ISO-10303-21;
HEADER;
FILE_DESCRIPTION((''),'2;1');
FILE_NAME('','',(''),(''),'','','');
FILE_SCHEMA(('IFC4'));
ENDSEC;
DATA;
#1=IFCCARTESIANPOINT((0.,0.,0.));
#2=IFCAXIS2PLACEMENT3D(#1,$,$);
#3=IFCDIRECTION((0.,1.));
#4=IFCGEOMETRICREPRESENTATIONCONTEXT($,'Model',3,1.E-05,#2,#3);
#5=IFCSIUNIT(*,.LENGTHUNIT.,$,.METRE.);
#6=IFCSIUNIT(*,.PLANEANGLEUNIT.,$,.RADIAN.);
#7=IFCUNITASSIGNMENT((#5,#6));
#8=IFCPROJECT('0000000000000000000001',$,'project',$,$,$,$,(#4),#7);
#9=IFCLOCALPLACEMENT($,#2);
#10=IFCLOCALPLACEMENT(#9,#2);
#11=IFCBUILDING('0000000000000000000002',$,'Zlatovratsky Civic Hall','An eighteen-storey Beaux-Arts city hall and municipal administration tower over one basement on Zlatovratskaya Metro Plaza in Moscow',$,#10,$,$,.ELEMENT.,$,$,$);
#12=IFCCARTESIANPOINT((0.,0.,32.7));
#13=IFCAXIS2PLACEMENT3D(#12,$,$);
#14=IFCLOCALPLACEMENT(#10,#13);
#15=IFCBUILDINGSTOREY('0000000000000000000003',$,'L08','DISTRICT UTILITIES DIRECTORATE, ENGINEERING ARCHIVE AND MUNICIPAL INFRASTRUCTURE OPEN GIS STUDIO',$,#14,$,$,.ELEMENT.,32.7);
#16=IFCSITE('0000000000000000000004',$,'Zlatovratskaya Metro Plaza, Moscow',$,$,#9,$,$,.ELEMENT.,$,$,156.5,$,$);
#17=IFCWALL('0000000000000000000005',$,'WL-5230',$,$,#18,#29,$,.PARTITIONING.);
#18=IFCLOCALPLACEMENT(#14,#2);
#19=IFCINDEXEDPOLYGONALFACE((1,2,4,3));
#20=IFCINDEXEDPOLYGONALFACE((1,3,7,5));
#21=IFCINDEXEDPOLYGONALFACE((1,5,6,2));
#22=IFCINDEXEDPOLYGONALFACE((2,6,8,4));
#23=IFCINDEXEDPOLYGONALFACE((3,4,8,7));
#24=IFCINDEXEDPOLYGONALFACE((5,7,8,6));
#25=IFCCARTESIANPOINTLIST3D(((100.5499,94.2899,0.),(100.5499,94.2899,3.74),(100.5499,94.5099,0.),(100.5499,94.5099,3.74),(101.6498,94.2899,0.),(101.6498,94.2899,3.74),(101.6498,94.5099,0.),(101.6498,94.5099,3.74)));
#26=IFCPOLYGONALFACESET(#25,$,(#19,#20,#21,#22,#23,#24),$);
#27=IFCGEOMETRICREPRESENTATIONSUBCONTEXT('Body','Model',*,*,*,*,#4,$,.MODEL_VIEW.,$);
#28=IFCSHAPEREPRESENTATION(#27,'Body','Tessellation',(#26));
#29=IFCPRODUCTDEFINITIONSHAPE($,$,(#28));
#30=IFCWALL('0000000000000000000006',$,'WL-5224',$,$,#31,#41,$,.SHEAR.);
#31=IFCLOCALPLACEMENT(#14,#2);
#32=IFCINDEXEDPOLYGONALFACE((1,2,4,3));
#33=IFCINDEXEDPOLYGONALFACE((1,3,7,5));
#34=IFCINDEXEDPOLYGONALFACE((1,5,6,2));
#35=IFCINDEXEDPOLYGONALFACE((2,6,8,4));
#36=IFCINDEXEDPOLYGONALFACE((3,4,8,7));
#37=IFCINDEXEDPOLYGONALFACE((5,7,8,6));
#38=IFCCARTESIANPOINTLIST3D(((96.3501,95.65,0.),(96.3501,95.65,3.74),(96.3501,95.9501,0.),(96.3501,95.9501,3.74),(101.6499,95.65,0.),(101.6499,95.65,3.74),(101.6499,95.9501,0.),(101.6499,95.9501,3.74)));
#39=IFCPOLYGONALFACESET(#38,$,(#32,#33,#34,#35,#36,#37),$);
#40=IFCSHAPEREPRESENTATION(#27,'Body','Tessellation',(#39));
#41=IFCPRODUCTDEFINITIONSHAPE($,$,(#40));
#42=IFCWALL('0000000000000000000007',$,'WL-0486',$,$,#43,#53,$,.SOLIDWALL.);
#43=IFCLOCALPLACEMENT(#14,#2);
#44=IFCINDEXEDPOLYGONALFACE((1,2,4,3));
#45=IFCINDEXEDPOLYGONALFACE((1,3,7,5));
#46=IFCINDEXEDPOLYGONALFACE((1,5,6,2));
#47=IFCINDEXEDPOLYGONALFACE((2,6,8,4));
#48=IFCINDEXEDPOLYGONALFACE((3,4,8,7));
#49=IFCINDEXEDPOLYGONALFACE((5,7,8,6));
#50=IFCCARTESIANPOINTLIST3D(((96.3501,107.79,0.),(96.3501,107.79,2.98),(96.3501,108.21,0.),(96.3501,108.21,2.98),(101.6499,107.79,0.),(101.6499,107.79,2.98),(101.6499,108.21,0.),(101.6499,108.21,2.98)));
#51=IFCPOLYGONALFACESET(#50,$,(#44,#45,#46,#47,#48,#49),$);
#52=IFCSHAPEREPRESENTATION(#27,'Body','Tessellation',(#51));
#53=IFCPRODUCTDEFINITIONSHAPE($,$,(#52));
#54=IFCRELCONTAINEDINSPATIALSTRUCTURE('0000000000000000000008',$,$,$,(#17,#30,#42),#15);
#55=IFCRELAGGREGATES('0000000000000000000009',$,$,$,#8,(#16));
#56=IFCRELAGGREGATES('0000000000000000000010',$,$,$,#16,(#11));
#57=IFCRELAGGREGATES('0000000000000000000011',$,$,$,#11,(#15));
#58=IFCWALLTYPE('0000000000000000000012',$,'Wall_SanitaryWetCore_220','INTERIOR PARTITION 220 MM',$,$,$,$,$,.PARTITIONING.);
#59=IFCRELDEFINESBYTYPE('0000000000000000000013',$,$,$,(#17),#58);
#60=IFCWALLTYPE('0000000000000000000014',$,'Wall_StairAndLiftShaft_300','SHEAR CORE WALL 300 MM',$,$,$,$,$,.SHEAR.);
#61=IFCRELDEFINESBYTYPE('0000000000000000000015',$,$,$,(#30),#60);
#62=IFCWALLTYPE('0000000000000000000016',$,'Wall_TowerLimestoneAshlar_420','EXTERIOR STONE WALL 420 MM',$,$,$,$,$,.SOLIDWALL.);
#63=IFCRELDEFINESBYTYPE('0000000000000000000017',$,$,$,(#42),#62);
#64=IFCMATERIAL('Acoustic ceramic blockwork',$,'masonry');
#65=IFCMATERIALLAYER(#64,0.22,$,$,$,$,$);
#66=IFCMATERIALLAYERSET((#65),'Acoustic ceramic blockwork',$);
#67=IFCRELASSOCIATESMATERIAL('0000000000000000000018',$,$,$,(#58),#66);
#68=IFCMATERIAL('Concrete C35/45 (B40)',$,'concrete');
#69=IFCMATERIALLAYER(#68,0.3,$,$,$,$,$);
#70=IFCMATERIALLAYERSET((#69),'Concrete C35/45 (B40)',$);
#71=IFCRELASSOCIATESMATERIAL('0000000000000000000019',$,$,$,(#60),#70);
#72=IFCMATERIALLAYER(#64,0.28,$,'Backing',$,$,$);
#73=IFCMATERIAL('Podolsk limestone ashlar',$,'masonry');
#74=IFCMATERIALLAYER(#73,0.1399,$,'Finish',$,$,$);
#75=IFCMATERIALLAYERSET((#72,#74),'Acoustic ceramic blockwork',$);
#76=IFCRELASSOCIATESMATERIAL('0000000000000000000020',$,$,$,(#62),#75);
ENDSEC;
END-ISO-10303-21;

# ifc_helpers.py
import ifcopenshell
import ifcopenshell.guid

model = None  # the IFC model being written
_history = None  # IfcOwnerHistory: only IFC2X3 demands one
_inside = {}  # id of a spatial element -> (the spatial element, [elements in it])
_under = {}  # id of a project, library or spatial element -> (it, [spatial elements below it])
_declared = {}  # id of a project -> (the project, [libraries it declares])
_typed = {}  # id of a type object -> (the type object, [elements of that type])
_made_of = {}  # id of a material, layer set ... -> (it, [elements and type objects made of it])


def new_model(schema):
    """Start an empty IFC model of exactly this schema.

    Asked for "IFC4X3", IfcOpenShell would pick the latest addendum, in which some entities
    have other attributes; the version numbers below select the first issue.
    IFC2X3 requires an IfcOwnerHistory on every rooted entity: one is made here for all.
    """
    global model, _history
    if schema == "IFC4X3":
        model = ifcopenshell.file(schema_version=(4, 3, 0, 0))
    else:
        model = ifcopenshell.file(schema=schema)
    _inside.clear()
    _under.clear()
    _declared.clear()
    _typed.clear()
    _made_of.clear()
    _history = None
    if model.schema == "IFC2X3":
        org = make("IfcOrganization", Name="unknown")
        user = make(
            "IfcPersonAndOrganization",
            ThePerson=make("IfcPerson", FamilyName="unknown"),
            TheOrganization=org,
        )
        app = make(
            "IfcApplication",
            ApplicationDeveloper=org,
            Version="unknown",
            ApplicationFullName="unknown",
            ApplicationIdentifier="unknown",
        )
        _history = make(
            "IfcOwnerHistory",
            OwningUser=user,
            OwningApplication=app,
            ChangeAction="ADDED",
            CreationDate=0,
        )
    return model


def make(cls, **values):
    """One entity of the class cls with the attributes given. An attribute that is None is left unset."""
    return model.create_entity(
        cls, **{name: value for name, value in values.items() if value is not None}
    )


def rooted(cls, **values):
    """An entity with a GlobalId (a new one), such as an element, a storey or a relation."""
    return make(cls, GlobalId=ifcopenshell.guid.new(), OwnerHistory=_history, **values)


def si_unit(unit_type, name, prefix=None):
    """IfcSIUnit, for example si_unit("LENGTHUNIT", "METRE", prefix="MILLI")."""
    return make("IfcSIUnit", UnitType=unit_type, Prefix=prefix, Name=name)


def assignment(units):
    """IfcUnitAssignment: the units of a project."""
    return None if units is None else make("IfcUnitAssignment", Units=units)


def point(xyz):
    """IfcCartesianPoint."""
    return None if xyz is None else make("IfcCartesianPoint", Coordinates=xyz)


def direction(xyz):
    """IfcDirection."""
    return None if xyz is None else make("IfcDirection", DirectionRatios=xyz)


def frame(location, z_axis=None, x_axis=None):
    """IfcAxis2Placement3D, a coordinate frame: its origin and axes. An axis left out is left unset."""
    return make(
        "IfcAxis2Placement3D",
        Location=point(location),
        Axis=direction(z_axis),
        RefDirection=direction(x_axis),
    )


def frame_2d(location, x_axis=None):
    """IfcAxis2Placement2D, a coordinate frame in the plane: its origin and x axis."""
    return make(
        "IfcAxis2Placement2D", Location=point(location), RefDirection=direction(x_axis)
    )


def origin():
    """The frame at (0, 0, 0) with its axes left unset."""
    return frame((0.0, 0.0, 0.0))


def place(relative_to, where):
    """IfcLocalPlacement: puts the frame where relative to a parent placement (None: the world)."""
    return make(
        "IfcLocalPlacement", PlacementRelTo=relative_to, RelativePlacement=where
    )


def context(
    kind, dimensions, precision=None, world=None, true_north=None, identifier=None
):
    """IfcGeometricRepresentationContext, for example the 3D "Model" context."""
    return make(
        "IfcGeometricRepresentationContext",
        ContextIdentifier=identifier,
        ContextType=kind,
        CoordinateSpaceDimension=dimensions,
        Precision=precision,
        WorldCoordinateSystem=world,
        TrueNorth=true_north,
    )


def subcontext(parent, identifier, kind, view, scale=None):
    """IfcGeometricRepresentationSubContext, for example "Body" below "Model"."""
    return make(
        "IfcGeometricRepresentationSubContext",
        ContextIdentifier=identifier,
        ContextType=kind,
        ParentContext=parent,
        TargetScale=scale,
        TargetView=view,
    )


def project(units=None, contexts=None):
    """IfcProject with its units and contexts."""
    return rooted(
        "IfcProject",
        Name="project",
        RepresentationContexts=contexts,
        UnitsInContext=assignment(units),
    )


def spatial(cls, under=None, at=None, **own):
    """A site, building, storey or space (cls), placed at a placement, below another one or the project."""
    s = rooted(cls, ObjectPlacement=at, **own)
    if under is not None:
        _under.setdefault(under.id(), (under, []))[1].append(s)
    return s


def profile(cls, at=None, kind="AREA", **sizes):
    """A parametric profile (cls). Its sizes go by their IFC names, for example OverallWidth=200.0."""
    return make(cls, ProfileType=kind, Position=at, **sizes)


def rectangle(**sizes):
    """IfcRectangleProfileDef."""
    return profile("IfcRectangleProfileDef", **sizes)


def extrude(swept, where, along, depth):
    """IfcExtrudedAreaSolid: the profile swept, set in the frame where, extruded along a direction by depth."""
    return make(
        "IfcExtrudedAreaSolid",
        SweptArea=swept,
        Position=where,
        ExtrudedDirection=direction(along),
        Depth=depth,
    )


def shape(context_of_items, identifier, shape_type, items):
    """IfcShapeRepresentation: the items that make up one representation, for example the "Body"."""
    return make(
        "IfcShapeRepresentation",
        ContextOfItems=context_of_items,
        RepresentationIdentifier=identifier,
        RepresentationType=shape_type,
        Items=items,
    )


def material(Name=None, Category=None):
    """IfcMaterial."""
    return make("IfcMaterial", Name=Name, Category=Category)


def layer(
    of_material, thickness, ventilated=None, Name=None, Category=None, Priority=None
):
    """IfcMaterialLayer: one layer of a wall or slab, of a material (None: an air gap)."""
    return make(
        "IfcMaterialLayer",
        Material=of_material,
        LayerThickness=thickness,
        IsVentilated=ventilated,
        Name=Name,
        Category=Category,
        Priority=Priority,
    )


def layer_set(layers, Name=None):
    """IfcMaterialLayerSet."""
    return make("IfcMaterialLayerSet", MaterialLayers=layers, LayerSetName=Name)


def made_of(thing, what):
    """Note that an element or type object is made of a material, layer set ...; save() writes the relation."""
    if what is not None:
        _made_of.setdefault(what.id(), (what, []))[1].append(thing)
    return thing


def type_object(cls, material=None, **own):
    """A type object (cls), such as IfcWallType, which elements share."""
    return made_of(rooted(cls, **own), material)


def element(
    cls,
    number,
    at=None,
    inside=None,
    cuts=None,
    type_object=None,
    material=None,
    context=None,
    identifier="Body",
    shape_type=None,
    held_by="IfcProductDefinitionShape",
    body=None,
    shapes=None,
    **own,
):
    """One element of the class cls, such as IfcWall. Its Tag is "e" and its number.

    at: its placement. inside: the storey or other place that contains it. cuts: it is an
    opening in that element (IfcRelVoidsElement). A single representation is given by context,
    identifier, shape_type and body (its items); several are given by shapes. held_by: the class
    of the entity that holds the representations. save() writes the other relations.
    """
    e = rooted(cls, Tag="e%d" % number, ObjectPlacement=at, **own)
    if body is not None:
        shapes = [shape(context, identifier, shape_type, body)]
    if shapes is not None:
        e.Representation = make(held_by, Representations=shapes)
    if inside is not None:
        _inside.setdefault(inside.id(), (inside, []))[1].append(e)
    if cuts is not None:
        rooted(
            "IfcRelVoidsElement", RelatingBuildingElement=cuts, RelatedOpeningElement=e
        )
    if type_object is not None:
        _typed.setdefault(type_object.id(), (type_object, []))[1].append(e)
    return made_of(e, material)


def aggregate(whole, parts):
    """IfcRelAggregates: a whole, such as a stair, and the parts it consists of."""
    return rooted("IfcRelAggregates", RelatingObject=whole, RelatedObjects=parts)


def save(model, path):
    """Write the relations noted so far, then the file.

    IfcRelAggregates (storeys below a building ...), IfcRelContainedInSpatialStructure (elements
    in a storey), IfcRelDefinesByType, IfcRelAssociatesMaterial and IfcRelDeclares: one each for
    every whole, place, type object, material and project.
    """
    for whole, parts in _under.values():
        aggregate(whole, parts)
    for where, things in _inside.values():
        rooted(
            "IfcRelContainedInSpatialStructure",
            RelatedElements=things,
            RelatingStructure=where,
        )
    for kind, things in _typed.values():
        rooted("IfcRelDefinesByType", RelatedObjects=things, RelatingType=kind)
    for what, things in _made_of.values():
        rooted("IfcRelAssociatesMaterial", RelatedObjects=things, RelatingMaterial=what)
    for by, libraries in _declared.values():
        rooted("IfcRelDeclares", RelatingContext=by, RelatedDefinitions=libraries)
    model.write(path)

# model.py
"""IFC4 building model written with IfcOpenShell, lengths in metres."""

from ifc_helpers import new_model, si_unit, direction, frame, frame_2d, origin, place, context, subcontext, project, spatial, rectangle, extrude, material, layer, layer_set, type_object, element, save


model = new_model("IFC4")

# Units and contexts
model_context = context("Model", 3, precision=1e-05, world=origin(), true_north=direction((0.0, 1.0)))
body_context = subcontext(model_context, "Body", "Model", "MODEL_VIEW")
ifc_project = project(units=[si_unit("LENGTHUNIT", "METRE"), si_unit("PLANEANGLEUNIT", "RADIAN")], contexts=[model_context])

# Site, building, storey
site_placement = place(None, origin())
site = spatial("IfcSite", under=ifc_project, at=site_placement, Name="Zlatovratskaya Metro Plaza, Moscow", CompositionType="ELEMENT", RefElevation=156.5)
building_placement = place(site_placement, origin())
building = spatial("IfcBuilding", under=site, at=building_placement, Name="Zlatovratsky Civic Hall", Description="An eighteen-storey Beaux-Arts city hall and municipal administration tower over one basement on Zlatovratskaya Metro Plaza in Moscow", CompositionType="ELEMENT")
storey_placement = place(building_placement, frame((0.0, 0.0, 32.7)))
storey = spatial("IfcBuildingStorey", under=building, at=storey_placement, Name="L08", Description="DISTRICT UTILITIES DIRECTORATE, ENGINEERING ARCHIVE AND MUNICIPAL INFRASTRUCTURE OPEN GIS STUDIO", CompositionType="ELEMENT", Elevation=32.7)

# Shared definitions
ifc_material_1 = material(Name="Concrete C35/45 (B40)", Category="concrete")

# Walls
ifc_material_2 = material(Name="Acoustic ceramic blockwork", Category="masonry")
ifc_layer_1 = layer(ifc_material_2, 0.22)
ifc_layer_set_1 = layer_set([ifc_layer_1], Name="Acoustic ceramic blockwork")
wall_type_1 = type_object("IfcWallType", Name="Wall_SanitaryWetCore_220", Description="INTERIOR PARTITION 220 MM", PredefinedType="PARTITIONING", material=ifc_layer_set_1)
wall_1_placement = place(storey_placement, frame((100.55, 94.3999, 0.0), z_axis=(0.0, 0.0, 1.0), x_axis=(1.0, 0.0, 0.0)))
element("IfcWall", 1, at=wall_1_placement, inside=storey, type_object=wall_type_1, Name="WL-5230", PredefinedType="PARTITIONING", context=body_context, shape_type="SweptSolid", body=[
    extrude(rectangle(XDim=1.0999, YDim=0.22, at=frame_2d((0.5498, 0.0))), origin(), (0.0, 0.0, 1.0), 3.74),
])
ifc_layer_2 = layer(ifc_material_1, 0.3)
ifc_layer_set_2 = layer_set([ifc_layer_2], Name="Concrete C35/45 (B40)")
wall_type_2 = type_object("IfcWallType", Name="Wall_StairAndLiftShaft_300", Description="SHEAR CORE WALL 300 MM", PredefinedType="SHEAR", material=ifc_layer_set_2)
wall_2_placement = place(storey_placement, frame((96.3501, 95.8, 0.0), z_axis=(0.0, 0.0, 1.0), x_axis=(1.0, 0.0, 0.0)))
element("IfcWall", 2, at=wall_2_placement, inside=storey, type_object=wall_type_2, Name="WL-5224", PredefinedType="SHEAR", context=body_context, shape_type="SweptSolid", body=[
    extrude(rectangle(XDim=5.2998, YDim=0.3, at=frame_2d((2.6499, 0.0))), origin(), (0.0, 0.0, 1.0), 3.74),
])
ifc_layer_3 = layer(ifc_material_2, 0.28, Name="Backing")
ifc_material_3 = material(Name="Podolsk limestone ashlar", Category="masonry")
ifc_layer_4 = layer(ifc_material_3, 0.1399, Name="Finish")
ifc_layer_set_3 = layer_set([ifc_layer_3, ifc_layer_4], Name="Acoustic ceramic blockwork")
wall_type_3 = type_object("IfcWallType", Name="Wall_TowerLimestoneAshlar_420", Description="EXTERIOR STONE WALL 420 MM", PredefinedType="SOLIDWALL", material=ifc_layer_set_3)
wall_3_placement = place(storey_placement, frame((96.3501, 108.0, 0.0), z_axis=(0.0, 0.0, 1.0), x_axis=(1.0, 0.0, 0.0)))
element("IfcWall", 3, at=wall_3_placement, inside=storey, type_object=wall_type_3, Name="WL-0486", PredefinedType="SOLIDWALL", context=body_context, shape_type="SweptSolid", body=[
    extrude(rectangle(XDim=5.2998, YDim=0.4199, at=frame_2d((2.6499, 0.0))), origin(), (0.0, 0.0, 1.0), 2.98),
])

save(model, "model.ifc")
